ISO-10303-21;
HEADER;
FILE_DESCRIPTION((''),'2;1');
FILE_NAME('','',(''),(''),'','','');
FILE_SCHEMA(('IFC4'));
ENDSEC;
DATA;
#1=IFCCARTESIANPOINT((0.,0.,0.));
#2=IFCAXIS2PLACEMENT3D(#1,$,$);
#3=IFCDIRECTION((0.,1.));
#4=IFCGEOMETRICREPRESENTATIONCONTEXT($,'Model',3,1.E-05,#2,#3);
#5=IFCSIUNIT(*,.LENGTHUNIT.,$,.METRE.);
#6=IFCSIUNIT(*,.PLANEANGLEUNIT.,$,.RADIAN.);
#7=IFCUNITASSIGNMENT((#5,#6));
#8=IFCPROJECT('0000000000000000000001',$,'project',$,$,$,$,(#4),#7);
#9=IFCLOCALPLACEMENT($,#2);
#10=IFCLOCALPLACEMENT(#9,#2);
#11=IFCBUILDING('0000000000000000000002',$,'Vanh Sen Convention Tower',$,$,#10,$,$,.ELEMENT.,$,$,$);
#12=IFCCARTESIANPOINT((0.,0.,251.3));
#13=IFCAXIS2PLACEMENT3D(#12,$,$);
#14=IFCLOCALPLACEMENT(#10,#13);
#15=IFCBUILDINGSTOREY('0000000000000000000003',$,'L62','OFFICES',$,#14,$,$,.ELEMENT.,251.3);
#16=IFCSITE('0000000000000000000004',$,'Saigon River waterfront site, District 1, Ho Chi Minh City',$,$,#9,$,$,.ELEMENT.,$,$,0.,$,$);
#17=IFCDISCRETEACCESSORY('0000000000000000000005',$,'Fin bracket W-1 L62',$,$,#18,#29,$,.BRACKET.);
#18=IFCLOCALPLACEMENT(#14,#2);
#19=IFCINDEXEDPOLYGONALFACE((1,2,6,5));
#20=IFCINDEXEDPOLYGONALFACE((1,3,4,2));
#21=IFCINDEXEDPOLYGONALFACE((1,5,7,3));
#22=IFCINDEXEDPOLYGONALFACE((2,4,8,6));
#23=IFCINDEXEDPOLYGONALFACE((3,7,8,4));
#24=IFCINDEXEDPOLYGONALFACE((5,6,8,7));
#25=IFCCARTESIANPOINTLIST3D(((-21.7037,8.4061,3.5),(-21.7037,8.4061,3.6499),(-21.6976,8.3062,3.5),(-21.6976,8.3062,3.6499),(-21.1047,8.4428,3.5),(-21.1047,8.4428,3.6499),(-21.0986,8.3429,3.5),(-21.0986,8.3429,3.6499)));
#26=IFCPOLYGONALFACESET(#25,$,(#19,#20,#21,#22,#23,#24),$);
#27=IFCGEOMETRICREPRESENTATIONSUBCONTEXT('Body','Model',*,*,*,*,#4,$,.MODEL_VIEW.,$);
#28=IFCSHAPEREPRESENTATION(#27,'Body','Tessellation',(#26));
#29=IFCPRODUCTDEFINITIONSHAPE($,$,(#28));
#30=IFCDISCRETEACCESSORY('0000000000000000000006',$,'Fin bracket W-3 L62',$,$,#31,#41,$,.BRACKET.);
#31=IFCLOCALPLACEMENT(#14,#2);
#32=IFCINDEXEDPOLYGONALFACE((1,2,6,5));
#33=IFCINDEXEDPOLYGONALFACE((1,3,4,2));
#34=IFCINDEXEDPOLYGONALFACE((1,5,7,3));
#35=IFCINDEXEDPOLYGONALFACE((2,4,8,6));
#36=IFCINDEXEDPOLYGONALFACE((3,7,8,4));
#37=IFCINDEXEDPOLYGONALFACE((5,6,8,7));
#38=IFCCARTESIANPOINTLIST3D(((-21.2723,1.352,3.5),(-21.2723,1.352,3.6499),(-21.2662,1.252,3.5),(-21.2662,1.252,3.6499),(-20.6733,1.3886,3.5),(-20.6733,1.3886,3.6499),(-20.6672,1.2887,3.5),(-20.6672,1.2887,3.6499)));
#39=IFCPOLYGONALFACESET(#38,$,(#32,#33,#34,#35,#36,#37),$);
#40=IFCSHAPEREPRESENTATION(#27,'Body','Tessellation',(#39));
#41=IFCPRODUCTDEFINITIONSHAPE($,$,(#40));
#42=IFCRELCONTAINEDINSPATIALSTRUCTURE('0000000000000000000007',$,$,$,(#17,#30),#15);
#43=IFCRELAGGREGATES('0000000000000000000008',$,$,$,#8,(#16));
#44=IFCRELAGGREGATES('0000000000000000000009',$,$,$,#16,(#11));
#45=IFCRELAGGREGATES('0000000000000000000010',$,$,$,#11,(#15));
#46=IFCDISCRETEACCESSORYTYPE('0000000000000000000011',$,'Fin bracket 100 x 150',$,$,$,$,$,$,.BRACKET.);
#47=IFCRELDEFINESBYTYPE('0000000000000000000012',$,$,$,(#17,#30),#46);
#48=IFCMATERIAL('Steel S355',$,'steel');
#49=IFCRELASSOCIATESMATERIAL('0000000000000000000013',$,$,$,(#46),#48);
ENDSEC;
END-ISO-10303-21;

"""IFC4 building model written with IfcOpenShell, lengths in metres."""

from ifc_helpers import new_model, si_unit, direction, frame, origin, origin_2d, place, context, subcontext, project, spatial, rectangle, extrude, material, type_object, element, save


model = new_model("IFC4")

# Units and contexts
model_context = context("Model", 3, precision=1e-05, world=origin(), true_north=direction((0.0, 1.0)))
body_context = subcontext(model_context, "Body", "Model", "MODEL_VIEW")
ifc_project = project(units=[si_unit("LENGTHUNIT", "METRE"), si_unit("PLANEANGLEUNIT", "RADIAN")], contexts=[model_context])

# Site, building, storey
site_placement = place(None, origin())
site = spatial("IfcSite", under=ifc_project, at=site_placement, Name="Saigon River waterfront site, District 1, Ho Chi Minh City", CompositionType="ELEMENT", RefElevation=0.0)
building_placement = place(site_placement, origin())
building = spatial("IfcBuilding", under=site, at=building_placement, Name="Vanh Sen Convention Tower", CompositionType="ELEMENT")
storey_placement = place(building_placement, frame((0.0, 0.0, 251.3)))
storey = spatial("IfcBuildingStorey", under=building, at=storey_placement, Name="L62", Description="OFFICES", CompositionType="ELEMENT", Elevation=251.3)

# Discrete accessories
ifc_material_1 = material(Name="Steel S355", Category="steel")
discrete_accessory_type = type_object("IfcDiscreteAccessoryType", Name="Fin bracket 100 x 150", PredefinedType="BRACKET", material=ifc_material_1)
for number, where, z_axis, x_axis, name in (
    (1, (-21.4011, 8.3745, 3.5), (0.0, 0.0, 1.0), (-0.998135, -0.061049, 0.0), "Fin bracket W-1 L62"),
    (2, (-20.9697, 1.3203, 3.5), (0.0, 0.0, 1.0), (-0.998135, -0.061049, 0.0), "Fin bracket W-3 L62"),
):
    element("IfcDiscreteAccessory", number, at=place(storey_placement, frame(where, z_axis=z_axis, x_axis=x_axis)), inside=storey, type_object=discrete_accessory_type, Name=name, PredefinedType="BRACKET", context=body_context, shape_type="SweptSolid", body=[
        extrude(rectangle(XDim=0.6001, YDim=0.1001, at=origin_2d()), origin(), (0.0, 0.0, 1.0), 0.1499),
    ])

save(model, "model.ifc")
